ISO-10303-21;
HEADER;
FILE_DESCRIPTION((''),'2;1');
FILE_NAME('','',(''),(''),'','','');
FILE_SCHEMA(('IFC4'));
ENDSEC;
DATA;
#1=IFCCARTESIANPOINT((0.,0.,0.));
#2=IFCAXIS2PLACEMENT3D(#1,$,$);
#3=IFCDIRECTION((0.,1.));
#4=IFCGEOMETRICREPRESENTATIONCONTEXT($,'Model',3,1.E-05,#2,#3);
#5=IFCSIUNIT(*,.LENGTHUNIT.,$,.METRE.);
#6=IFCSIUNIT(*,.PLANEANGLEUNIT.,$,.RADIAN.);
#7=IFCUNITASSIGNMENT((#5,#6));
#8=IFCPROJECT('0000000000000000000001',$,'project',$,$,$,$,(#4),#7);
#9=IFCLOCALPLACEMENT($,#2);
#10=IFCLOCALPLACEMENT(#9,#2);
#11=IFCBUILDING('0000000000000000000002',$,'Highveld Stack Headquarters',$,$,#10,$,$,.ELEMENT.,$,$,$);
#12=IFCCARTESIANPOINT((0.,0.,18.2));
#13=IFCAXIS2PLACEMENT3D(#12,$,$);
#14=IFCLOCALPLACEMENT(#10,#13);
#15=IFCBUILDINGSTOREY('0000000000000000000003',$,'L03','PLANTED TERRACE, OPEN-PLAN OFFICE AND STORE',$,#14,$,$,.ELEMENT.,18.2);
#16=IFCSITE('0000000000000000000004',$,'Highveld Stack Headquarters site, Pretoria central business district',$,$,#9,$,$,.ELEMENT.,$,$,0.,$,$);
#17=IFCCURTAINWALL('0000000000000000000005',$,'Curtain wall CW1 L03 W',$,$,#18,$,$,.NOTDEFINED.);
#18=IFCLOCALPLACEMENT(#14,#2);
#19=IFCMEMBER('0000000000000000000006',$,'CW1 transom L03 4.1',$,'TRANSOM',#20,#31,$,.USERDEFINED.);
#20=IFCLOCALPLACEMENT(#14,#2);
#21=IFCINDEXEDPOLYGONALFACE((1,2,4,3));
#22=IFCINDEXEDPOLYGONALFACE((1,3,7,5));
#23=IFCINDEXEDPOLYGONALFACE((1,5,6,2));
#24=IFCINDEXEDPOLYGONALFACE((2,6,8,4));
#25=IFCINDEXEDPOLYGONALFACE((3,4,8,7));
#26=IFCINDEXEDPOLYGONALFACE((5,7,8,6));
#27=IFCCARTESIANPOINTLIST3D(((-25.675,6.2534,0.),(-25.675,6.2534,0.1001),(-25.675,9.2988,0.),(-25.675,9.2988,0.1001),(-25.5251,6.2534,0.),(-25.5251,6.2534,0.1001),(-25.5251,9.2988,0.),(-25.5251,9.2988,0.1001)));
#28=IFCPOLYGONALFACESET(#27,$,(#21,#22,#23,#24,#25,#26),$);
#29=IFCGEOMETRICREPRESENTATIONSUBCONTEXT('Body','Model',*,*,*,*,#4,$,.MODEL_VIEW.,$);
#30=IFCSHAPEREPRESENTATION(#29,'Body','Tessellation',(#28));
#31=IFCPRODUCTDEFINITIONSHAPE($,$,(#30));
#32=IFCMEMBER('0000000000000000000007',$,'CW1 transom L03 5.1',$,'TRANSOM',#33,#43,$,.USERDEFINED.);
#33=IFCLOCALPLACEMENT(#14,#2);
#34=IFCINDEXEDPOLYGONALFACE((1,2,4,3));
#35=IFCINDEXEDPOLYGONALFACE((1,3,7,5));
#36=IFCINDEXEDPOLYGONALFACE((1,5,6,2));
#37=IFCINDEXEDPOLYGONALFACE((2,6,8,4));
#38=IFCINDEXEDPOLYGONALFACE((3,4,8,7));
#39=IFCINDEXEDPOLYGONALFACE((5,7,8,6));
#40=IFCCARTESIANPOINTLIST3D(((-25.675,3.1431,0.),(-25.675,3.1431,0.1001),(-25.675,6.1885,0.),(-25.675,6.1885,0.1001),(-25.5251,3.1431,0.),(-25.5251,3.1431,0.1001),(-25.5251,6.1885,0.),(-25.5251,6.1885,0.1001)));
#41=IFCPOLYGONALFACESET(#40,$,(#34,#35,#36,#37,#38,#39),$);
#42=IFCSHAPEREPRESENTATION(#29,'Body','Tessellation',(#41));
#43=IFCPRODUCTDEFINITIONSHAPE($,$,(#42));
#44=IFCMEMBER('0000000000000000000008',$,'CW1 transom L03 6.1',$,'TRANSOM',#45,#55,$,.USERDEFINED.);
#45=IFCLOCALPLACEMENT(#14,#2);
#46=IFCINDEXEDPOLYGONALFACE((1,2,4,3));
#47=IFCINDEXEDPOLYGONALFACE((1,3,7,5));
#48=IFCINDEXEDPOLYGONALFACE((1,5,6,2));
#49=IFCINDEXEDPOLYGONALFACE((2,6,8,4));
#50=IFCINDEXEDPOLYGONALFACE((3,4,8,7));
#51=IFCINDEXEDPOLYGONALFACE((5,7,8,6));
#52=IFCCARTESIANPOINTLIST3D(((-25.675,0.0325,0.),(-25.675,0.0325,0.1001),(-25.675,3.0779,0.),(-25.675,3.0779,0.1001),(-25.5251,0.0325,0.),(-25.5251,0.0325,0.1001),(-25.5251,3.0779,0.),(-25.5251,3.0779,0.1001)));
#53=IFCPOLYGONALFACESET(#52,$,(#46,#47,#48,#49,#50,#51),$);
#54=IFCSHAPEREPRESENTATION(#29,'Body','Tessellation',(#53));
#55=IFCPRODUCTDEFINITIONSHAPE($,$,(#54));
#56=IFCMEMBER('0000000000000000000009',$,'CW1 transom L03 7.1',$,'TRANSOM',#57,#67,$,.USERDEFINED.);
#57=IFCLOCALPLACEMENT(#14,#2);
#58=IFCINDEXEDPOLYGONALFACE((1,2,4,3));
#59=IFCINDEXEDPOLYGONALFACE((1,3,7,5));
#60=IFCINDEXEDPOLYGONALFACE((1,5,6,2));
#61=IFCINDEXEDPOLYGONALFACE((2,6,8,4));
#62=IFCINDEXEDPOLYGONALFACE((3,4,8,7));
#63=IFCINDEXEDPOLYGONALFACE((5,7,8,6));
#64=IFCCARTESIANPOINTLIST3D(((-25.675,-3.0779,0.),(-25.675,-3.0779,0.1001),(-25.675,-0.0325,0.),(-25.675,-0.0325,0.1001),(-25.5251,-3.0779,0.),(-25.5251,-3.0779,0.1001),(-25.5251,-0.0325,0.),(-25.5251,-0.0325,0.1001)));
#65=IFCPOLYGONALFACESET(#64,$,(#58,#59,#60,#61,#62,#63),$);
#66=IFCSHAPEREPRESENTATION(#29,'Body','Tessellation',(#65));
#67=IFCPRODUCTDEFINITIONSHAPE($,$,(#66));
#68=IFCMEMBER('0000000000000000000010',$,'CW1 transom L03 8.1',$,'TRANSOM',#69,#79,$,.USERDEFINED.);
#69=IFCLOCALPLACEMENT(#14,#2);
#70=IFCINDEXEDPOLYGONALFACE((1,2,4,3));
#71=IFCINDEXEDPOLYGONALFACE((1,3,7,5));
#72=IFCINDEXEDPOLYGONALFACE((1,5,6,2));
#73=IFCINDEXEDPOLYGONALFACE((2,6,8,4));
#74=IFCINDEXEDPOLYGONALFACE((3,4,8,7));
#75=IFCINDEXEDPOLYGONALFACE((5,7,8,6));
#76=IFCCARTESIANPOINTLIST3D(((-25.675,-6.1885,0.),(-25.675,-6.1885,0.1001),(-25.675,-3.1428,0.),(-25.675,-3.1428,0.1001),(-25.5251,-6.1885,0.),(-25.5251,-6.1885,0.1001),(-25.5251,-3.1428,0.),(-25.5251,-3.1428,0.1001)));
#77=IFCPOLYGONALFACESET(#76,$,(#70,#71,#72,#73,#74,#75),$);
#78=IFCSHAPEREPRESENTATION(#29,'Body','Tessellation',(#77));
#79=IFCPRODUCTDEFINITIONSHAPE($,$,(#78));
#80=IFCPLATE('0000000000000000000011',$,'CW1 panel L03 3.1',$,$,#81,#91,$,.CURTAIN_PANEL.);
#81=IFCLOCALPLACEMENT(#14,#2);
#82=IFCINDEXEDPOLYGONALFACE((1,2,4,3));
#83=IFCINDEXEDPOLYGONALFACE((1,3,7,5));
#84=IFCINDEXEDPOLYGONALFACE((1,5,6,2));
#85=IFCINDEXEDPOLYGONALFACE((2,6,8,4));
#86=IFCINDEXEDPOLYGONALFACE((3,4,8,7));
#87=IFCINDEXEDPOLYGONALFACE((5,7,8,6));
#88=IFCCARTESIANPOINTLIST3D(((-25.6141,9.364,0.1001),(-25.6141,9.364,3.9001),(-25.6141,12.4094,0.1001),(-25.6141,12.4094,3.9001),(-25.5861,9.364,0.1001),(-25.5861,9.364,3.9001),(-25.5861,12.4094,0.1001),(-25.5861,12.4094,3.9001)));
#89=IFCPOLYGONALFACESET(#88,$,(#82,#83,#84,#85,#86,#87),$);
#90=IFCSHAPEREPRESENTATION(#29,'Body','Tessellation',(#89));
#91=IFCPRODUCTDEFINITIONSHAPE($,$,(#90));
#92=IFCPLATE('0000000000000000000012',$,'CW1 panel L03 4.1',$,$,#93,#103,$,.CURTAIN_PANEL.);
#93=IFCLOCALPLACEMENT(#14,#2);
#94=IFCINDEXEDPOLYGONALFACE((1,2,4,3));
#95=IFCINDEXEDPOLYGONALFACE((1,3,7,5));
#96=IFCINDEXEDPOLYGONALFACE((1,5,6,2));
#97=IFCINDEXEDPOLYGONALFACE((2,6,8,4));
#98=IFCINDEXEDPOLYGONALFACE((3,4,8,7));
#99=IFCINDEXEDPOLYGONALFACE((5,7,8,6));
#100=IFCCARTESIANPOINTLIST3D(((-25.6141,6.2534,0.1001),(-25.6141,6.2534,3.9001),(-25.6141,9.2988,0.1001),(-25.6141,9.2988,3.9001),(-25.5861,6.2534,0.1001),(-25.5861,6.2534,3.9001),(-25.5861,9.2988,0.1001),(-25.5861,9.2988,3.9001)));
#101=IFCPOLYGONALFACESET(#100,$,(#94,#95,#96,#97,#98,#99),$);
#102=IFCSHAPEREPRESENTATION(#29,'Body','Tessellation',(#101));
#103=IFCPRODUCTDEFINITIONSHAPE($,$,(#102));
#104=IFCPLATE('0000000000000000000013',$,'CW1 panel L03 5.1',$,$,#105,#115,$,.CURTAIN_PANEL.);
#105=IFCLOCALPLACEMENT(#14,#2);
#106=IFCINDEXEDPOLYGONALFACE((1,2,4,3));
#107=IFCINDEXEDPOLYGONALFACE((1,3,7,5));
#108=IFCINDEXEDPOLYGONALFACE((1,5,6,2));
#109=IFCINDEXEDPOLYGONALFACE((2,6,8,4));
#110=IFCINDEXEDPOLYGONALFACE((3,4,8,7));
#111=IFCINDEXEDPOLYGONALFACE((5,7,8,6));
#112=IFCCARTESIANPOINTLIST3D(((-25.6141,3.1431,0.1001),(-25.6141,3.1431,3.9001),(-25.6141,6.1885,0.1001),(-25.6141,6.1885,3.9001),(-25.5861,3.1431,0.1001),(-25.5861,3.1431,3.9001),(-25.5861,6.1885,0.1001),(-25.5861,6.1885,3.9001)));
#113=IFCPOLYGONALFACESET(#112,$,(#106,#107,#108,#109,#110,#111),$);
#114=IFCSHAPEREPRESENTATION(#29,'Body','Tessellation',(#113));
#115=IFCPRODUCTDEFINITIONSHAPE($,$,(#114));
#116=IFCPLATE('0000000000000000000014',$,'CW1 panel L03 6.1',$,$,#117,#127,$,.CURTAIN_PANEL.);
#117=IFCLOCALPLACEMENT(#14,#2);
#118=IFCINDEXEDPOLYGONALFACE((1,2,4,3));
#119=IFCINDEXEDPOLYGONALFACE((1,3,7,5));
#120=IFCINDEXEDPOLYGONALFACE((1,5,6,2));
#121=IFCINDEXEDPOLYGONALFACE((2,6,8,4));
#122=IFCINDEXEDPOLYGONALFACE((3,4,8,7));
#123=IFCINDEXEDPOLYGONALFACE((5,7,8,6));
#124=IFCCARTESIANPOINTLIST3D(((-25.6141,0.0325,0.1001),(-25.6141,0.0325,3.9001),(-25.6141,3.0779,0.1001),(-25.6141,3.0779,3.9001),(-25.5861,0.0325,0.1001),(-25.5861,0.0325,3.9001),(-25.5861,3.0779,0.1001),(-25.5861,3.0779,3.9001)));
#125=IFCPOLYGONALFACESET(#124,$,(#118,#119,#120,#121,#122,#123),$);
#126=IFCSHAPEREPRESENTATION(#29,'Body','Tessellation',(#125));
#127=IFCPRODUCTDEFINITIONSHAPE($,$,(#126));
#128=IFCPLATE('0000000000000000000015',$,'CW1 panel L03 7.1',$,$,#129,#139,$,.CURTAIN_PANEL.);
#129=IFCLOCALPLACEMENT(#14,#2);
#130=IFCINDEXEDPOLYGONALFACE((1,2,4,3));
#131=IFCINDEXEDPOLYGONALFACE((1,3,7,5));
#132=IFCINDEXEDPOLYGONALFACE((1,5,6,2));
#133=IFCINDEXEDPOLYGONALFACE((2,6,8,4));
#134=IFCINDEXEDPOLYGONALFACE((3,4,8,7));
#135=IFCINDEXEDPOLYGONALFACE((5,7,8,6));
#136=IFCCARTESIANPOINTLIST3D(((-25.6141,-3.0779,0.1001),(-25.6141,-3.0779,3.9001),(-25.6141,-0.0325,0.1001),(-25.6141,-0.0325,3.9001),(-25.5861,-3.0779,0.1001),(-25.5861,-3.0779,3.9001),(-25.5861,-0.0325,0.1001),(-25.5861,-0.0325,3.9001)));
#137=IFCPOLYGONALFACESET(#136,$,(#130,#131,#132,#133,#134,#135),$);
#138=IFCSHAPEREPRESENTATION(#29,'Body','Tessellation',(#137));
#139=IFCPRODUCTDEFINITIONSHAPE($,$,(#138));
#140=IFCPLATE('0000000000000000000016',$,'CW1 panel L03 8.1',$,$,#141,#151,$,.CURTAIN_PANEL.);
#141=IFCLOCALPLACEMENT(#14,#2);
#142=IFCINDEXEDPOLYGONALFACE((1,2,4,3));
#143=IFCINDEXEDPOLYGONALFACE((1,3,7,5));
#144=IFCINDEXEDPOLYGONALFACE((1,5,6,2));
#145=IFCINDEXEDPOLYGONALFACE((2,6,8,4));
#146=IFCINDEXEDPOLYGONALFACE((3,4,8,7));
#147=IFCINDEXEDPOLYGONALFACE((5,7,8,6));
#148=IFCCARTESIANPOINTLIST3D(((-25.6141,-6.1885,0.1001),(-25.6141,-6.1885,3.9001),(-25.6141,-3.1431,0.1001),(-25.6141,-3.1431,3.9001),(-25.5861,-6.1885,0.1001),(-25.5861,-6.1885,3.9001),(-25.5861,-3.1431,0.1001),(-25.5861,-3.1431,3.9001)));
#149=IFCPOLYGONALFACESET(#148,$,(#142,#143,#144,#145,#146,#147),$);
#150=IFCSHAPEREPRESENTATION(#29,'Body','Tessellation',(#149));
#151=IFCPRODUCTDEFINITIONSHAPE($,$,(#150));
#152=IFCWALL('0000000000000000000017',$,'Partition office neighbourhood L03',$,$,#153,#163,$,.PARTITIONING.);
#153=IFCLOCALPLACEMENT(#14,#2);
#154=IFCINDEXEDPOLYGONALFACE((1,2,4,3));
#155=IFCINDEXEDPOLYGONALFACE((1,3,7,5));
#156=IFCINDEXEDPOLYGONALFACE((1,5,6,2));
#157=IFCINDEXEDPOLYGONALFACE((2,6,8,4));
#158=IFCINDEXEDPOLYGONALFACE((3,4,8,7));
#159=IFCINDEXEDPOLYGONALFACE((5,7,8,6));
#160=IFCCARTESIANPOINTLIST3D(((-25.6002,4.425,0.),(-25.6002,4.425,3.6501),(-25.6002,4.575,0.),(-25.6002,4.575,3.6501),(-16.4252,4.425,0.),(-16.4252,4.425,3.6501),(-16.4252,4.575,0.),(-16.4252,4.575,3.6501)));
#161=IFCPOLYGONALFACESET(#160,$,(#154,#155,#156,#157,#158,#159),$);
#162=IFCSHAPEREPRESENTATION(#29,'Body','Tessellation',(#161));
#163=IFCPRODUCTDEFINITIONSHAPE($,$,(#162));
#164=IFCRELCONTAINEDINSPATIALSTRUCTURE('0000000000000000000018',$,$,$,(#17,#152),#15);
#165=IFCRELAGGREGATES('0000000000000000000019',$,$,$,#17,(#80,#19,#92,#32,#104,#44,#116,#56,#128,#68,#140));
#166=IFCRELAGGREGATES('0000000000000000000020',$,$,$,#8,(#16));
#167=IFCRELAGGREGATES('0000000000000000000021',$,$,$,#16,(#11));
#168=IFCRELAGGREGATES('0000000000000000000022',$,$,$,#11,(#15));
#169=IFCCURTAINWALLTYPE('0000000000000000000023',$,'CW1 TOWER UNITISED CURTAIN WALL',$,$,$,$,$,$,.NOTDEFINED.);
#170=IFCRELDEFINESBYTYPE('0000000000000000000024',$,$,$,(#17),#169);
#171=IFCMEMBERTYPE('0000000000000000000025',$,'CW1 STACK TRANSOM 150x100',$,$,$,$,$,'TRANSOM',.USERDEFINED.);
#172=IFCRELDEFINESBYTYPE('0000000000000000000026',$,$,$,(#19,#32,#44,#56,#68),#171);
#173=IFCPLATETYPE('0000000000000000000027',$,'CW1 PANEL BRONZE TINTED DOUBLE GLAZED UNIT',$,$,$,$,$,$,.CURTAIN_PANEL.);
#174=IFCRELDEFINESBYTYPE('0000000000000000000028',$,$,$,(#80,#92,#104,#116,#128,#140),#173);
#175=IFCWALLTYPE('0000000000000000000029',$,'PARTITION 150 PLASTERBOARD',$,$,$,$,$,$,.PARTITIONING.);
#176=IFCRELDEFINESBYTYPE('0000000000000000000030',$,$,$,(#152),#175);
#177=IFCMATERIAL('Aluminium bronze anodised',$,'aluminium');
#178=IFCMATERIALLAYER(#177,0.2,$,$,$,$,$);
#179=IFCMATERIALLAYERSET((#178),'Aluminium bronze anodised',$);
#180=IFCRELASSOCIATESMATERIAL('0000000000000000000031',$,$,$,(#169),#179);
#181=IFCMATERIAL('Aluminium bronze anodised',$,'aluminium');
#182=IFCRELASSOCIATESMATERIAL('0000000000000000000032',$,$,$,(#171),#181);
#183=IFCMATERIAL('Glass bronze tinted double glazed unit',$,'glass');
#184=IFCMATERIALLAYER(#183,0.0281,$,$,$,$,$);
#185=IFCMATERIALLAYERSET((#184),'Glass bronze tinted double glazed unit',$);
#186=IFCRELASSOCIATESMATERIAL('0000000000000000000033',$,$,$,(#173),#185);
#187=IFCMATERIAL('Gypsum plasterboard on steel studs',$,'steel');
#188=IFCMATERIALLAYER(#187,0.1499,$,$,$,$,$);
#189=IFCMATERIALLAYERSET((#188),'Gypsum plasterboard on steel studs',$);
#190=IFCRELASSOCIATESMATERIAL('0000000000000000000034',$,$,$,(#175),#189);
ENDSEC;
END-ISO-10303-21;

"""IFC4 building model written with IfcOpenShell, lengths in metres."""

from ifc_helpers import new_model, si_unit, direction, frame, frame_2d, origin, origin_2d, place, context, subcontext, project, spatial, rectangle, extrude, material, layer, layer_set, material_profile, profile_set, type_object, element, aggregate, save


model = new_model("IFC4")

# Units and contexts
model_context = context("Model", 3, precision=1e-05, world=origin(), true_north=direction((0.0, 1.0)))
body_context = subcontext(model_context, "Body", "Model", "MODEL_VIEW")
ifc_project = project(units=[si_unit("LENGTHUNIT", "METRE"), si_unit("PLANEANGLEUNIT", "RADIAN")], contexts=[model_context])

# Site, building, storey
site_placement = place(None, origin())
site = spatial("IfcSite", under=ifc_project, at=site_placement, Name="Highveld Stack Headquarters site, Pretoria central business district", CompositionType="ELEMENT", RefElevation=0.0)
building_placement = place(site_placement, origin())
building = spatial("IfcBuilding", under=site, at=building_placement, Name="Highveld Stack Headquarters", CompositionType="ELEMENT")
storey_placement = place(building_placement, frame((0.0, 0.0, 18.2)))
storey = spatial("IfcBuildingStorey", under=building, at=storey_placement, Name="L03", Description="PLANTED TERRACE, OPEN-PLAN OFFICE AND STORE", CompositionType="ELEMENT", Elevation=18.2)

# Curtain wall, members, plates
ifc_material_1 = material(Name="Aluminium bronze anodised", Category="aluminium")
ifc_layer_1 = layer(ifc_material_1, 0.2)
ifc_layer_set_1 = layer_set([ifc_layer_1], Name="Aluminium bronze anodised")
curtain_wall_type = type_object("IfcCurtainWallType", Name="CW1 TOWER UNITISED CURTAIN WALL", PredefinedType="NOTDEFINED", material=ifc_layer_set_1)
curtain_wall_placement = place(storey_placement, origin())
curtain_wall = element("IfcCurtainWall", 1, at=curtain_wall_placement, inside=storey, type_object=curtain_wall_type, Name="Curtain wall CW1 L03 W", PredefinedType="NOTDEFINED")
ifc_material_2 = material(Name="Aluminium bronze anodised", Category="aluminium")
ifc_material_profile_1 = material_profile(ifc_material_2, rectangle(XDim=0.1499, YDim=0.1001, at=origin_2d()), Name="CW1 TRANSOM 150x100")
ifc_profile_set_1 = profile_set([ifc_material_profile_1], Name="Aluminium bronze anodised")
member_type_1 = type_object("IfcMemberType", Name="CW1 STACK TRANSOM 150x100", ElementType="TRANSOM", PredefinedType="USERDEFINED", material=ifc_profile_set_1)
member_1_placement = place(storey_placement, frame((-25.6001, 9.2988, 0.05), z_axis=(0.0, -1.0, 0.0), x_axis=(1.0, 0.0, 0.0)))
member_1 = element("IfcMember", 2, at=member_1_placement, type_object=member_type_1, Name="CW1 transom L03 4.1", ObjectType="TRANSOM", PredefinedType="USERDEFINED", context=body_context, shape_type="SweptSolid", body=[
    extrude(rectangle(XDim=0.1499, YDim=0.1001, at=origin_2d()), origin(), (0.0, 0.0, 1.0), 3.0454),
])
member_2_placement = place(storey_placement, frame((-25.6001, 6.1885, 0.05), z_axis=(0.0, -1.0, 0.0), x_axis=(1.0, 0.0, 0.0)))
member_2 = element("IfcMember", 3, at=member_2_placement, type_object=member_type_1, Name="CW1 transom L03 5.1", ObjectType="TRANSOM", PredefinedType="USERDEFINED", context=body_context, shape_type="SweptSolid", body=[
    extrude(rectangle(XDim=0.1499, YDim=0.1001, at=origin_2d()), origin(), (0.0, 0.0, 1.0), 3.0454),
])
member_3_placement = place(storey_placement, frame((-25.6001, 3.0779, 0.05), z_axis=(0.0, -1.0, 0.0), x_axis=(1.0, 0.0, 0.0)))
member_3 = element("IfcMember", 4, at=member_3_placement, type_object=member_type_1, Name="CW1 transom L03 6.1", ObjectType="TRANSOM", PredefinedType="USERDEFINED", context=body_context, shape_type="SweptSolid", body=[
    extrude(rectangle(XDim=0.1499, YDim=0.1001, at=origin_2d()), origin(), (0.0, 0.0, 1.0), 3.0454),
])
member_4_placement = place(storey_placement, frame((-25.6001, -0.0325, 0.05), z_axis=(0.0, -1.0, 0.0), x_axis=(1.0, 0.0, 0.0)))
member_4 = element("IfcMember", 5, at=member_4_placement, type_object=member_type_1, Name="CW1 transom L03 7.1", ObjectType="TRANSOM", PredefinedType="USERDEFINED", context=body_context, shape_type="SweptSolid", body=[
    extrude(rectangle(XDim=0.1499, YDim=0.1001, at=origin_2d()), origin(), (0.0, 0.0, 1.0), 3.0454),
])
member_5_placement = place(storey_placement, frame((-25.6001, -3.1428, 0.05), z_axis=(0.0, -1.0, 0.0), x_axis=(1.0, 0.0, 0.0)))
member_5 = element("IfcMember", 6, at=member_5_placement, type_object=member_type_1, Name="CW1 transom L03 8.1", ObjectType="TRANSOM", PredefinedType="USERDEFINED", context=body_context, shape_type="SweptSolid", body=[
    extrude(rectangle(XDim=0.1499, YDim=0.1001, at=origin_2d()), origin(), (0.0, 0.0, 1.0), 3.0457),
])
ifc_material_3 = material(Name="Glass bronze tinted double glazed unit", Category="glass")
ifc_layer_2 = layer(ifc_material_3, 0.0281)
ifc_layer_set_2 = layer_set([ifc_layer_2], Name="Glass bronze tinted double glazed unit")
plate_type = type_object("IfcPlateType", Name="CW1 PANEL BRONZE TINTED DOUBLE GLAZED UNIT", PredefinedType="CURTAIN_PANEL", material=ifc_layer_set_2)
plate_1_placement = place(storey_placement, frame((-25.6001, 10.8867, 0.1001), z_axis=(0.0, 0.0, 1.0), x_axis=(0.0, -1.0, 0.0)))
plate_1 = element("IfcPlate", 7, at=plate_1_placement, type_object=plate_type, Name="CW1 panel L03 3.1", PredefinedType="CURTAIN_PANEL", context=body_context, shape_type="SweptSolid", body=[
    extrude(rectangle(XDim=3.0454, YDim=0.0281, at=origin_2d()), origin(), (0.0, 0.0, 1.0), 3.8),
])
plate_2_placement = place(storey_placement, frame((-25.6001, 7.7761, 0.1001), z_axis=(0.0, 0.0, 1.0), x_axis=(0.0, -1.0, 0.0)))
plate_2 = element("IfcPlate", 8, at=plate_2_placement, type_object=plate_type, Name="CW1 panel L03 4.1", PredefinedType="CURTAIN_PANEL", context=body_context, shape_type="SweptSolid", body=[
    extrude(rectangle(XDim=3.0454, YDim=0.0281, at=origin_2d()), origin(), (0.0, 0.0, 1.0), 3.8),
])
plate_3_placement = place(storey_placement, frame((-25.6001, 4.6658, 0.1001), z_axis=(0.0, 0.0, 1.0), x_axis=(0.0, -1.0, 0.0)))
plate_3 = element("IfcPlate", 9, at=plate_3_placement, type_object=plate_type, Name="CW1 panel L03 5.1", PredefinedType="CURTAIN_PANEL", context=body_context, shape_type="SweptSolid", body=[
    extrude(rectangle(XDim=3.0454, YDim=0.0281, at=origin_2d()), origin(), (0.0, 0.0, 1.0), 3.8),
])
plate_4_placement = place(storey_placement, frame((-25.6001, 1.5552, 0.1001), z_axis=(0.0, 0.0, 1.0), x_axis=(0.0, -1.0, 0.0)))
plate_4 = element("IfcPlate", 10, at=plate_4_placement, type_object=plate_type, Name="CW1 panel L03 6.1", PredefinedType="CURTAIN_PANEL", context=body_context, shape_type="SweptSolid", body=[
    extrude(rectangle(XDim=3.0454, YDim=0.0281, at=origin_2d()), origin(), (0.0, 0.0, 1.0), 3.8),
])
plate_5_placement = place(storey_placement, frame((-25.6001, -1.5552, 0.1001), z_axis=(0.0, 0.0, 1.0), x_axis=(0.0, -1.0, 0.0)))
plate_5 = element("IfcPlate", 11, at=plate_5_placement, type_object=plate_type, Name="CW1 panel L03 7.1", PredefinedType="CURTAIN_PANEL", context=body_context, shape_type="SweptSolid", body=[
    extrude(rectangle(XDim=3.0454, YDim=0.0281, at=origin_2d()), origin(), (0.0, 0.0, 1.0), 3.8),
])
plate_6_placement = place(storey_placement, frame((-25.6001, -4.6658, 0.1001), z_axis=(0.0, 0.0, 1.0), x_axis=(0.0, -1.0, 0.0)))
plate_6 = element("IfcPlate", 12, at=plate_6_placement, type_object=plate_type, Name="CW1 panel L03 8.1", PredefinedType="CURTAIN_PANEL", context=body_context, shape_type="SweptSolid", body=[
    extrude(rectangle(XDim=3.0454, YDim=0.0281, at=origin_2d()), origin(), (0.0, 0.0, 1.0), 3.8),
])
aggregate(curtain_wall, [plate_1, member_1, plate_2, member_2, plate_3, member_3, plate_4, member_4, plate_5, member_5, plate_6])

# Wall
ifc_material_4 = material(Name="Gypsum plasterboard on steel studs", Category="steel")
ifc_layer_3 = layer(ifc_material_4, 0.1499)
ifc_layer_set_3 = layer_set([ifc_layer_3], Name="Gypsum plasterboard on steel studs")
wall_type = type_object("IfcWallType", Name="PARTITION 150 PLASTERBOARD", PredefinedType="PARTITIONING", material=ifc_layer_set_3)
wall_placement = place(storey_placement, frame((-25.6001, 4.5, 0.0), z_axis=(0.0, 0.0, 1.0), x_axis=(1.0, 0.0, 0.0)))
element("IfcWall", 13, at=wall_placement, inside=storey, type_object=wall_type, Name="Partition office neighbourhood L03", PredefinedType="PARTITIONING", context=body_context, shape_type="SweptSolid", body=[
    extrude(rectangle(XDim=9.175, YDim=0.1499, at=frame_2d((4.5874, 0.0))), origin(), (0.0, 0.0, 1.0), 3.6501),
])

save(model, "model.ifc")
